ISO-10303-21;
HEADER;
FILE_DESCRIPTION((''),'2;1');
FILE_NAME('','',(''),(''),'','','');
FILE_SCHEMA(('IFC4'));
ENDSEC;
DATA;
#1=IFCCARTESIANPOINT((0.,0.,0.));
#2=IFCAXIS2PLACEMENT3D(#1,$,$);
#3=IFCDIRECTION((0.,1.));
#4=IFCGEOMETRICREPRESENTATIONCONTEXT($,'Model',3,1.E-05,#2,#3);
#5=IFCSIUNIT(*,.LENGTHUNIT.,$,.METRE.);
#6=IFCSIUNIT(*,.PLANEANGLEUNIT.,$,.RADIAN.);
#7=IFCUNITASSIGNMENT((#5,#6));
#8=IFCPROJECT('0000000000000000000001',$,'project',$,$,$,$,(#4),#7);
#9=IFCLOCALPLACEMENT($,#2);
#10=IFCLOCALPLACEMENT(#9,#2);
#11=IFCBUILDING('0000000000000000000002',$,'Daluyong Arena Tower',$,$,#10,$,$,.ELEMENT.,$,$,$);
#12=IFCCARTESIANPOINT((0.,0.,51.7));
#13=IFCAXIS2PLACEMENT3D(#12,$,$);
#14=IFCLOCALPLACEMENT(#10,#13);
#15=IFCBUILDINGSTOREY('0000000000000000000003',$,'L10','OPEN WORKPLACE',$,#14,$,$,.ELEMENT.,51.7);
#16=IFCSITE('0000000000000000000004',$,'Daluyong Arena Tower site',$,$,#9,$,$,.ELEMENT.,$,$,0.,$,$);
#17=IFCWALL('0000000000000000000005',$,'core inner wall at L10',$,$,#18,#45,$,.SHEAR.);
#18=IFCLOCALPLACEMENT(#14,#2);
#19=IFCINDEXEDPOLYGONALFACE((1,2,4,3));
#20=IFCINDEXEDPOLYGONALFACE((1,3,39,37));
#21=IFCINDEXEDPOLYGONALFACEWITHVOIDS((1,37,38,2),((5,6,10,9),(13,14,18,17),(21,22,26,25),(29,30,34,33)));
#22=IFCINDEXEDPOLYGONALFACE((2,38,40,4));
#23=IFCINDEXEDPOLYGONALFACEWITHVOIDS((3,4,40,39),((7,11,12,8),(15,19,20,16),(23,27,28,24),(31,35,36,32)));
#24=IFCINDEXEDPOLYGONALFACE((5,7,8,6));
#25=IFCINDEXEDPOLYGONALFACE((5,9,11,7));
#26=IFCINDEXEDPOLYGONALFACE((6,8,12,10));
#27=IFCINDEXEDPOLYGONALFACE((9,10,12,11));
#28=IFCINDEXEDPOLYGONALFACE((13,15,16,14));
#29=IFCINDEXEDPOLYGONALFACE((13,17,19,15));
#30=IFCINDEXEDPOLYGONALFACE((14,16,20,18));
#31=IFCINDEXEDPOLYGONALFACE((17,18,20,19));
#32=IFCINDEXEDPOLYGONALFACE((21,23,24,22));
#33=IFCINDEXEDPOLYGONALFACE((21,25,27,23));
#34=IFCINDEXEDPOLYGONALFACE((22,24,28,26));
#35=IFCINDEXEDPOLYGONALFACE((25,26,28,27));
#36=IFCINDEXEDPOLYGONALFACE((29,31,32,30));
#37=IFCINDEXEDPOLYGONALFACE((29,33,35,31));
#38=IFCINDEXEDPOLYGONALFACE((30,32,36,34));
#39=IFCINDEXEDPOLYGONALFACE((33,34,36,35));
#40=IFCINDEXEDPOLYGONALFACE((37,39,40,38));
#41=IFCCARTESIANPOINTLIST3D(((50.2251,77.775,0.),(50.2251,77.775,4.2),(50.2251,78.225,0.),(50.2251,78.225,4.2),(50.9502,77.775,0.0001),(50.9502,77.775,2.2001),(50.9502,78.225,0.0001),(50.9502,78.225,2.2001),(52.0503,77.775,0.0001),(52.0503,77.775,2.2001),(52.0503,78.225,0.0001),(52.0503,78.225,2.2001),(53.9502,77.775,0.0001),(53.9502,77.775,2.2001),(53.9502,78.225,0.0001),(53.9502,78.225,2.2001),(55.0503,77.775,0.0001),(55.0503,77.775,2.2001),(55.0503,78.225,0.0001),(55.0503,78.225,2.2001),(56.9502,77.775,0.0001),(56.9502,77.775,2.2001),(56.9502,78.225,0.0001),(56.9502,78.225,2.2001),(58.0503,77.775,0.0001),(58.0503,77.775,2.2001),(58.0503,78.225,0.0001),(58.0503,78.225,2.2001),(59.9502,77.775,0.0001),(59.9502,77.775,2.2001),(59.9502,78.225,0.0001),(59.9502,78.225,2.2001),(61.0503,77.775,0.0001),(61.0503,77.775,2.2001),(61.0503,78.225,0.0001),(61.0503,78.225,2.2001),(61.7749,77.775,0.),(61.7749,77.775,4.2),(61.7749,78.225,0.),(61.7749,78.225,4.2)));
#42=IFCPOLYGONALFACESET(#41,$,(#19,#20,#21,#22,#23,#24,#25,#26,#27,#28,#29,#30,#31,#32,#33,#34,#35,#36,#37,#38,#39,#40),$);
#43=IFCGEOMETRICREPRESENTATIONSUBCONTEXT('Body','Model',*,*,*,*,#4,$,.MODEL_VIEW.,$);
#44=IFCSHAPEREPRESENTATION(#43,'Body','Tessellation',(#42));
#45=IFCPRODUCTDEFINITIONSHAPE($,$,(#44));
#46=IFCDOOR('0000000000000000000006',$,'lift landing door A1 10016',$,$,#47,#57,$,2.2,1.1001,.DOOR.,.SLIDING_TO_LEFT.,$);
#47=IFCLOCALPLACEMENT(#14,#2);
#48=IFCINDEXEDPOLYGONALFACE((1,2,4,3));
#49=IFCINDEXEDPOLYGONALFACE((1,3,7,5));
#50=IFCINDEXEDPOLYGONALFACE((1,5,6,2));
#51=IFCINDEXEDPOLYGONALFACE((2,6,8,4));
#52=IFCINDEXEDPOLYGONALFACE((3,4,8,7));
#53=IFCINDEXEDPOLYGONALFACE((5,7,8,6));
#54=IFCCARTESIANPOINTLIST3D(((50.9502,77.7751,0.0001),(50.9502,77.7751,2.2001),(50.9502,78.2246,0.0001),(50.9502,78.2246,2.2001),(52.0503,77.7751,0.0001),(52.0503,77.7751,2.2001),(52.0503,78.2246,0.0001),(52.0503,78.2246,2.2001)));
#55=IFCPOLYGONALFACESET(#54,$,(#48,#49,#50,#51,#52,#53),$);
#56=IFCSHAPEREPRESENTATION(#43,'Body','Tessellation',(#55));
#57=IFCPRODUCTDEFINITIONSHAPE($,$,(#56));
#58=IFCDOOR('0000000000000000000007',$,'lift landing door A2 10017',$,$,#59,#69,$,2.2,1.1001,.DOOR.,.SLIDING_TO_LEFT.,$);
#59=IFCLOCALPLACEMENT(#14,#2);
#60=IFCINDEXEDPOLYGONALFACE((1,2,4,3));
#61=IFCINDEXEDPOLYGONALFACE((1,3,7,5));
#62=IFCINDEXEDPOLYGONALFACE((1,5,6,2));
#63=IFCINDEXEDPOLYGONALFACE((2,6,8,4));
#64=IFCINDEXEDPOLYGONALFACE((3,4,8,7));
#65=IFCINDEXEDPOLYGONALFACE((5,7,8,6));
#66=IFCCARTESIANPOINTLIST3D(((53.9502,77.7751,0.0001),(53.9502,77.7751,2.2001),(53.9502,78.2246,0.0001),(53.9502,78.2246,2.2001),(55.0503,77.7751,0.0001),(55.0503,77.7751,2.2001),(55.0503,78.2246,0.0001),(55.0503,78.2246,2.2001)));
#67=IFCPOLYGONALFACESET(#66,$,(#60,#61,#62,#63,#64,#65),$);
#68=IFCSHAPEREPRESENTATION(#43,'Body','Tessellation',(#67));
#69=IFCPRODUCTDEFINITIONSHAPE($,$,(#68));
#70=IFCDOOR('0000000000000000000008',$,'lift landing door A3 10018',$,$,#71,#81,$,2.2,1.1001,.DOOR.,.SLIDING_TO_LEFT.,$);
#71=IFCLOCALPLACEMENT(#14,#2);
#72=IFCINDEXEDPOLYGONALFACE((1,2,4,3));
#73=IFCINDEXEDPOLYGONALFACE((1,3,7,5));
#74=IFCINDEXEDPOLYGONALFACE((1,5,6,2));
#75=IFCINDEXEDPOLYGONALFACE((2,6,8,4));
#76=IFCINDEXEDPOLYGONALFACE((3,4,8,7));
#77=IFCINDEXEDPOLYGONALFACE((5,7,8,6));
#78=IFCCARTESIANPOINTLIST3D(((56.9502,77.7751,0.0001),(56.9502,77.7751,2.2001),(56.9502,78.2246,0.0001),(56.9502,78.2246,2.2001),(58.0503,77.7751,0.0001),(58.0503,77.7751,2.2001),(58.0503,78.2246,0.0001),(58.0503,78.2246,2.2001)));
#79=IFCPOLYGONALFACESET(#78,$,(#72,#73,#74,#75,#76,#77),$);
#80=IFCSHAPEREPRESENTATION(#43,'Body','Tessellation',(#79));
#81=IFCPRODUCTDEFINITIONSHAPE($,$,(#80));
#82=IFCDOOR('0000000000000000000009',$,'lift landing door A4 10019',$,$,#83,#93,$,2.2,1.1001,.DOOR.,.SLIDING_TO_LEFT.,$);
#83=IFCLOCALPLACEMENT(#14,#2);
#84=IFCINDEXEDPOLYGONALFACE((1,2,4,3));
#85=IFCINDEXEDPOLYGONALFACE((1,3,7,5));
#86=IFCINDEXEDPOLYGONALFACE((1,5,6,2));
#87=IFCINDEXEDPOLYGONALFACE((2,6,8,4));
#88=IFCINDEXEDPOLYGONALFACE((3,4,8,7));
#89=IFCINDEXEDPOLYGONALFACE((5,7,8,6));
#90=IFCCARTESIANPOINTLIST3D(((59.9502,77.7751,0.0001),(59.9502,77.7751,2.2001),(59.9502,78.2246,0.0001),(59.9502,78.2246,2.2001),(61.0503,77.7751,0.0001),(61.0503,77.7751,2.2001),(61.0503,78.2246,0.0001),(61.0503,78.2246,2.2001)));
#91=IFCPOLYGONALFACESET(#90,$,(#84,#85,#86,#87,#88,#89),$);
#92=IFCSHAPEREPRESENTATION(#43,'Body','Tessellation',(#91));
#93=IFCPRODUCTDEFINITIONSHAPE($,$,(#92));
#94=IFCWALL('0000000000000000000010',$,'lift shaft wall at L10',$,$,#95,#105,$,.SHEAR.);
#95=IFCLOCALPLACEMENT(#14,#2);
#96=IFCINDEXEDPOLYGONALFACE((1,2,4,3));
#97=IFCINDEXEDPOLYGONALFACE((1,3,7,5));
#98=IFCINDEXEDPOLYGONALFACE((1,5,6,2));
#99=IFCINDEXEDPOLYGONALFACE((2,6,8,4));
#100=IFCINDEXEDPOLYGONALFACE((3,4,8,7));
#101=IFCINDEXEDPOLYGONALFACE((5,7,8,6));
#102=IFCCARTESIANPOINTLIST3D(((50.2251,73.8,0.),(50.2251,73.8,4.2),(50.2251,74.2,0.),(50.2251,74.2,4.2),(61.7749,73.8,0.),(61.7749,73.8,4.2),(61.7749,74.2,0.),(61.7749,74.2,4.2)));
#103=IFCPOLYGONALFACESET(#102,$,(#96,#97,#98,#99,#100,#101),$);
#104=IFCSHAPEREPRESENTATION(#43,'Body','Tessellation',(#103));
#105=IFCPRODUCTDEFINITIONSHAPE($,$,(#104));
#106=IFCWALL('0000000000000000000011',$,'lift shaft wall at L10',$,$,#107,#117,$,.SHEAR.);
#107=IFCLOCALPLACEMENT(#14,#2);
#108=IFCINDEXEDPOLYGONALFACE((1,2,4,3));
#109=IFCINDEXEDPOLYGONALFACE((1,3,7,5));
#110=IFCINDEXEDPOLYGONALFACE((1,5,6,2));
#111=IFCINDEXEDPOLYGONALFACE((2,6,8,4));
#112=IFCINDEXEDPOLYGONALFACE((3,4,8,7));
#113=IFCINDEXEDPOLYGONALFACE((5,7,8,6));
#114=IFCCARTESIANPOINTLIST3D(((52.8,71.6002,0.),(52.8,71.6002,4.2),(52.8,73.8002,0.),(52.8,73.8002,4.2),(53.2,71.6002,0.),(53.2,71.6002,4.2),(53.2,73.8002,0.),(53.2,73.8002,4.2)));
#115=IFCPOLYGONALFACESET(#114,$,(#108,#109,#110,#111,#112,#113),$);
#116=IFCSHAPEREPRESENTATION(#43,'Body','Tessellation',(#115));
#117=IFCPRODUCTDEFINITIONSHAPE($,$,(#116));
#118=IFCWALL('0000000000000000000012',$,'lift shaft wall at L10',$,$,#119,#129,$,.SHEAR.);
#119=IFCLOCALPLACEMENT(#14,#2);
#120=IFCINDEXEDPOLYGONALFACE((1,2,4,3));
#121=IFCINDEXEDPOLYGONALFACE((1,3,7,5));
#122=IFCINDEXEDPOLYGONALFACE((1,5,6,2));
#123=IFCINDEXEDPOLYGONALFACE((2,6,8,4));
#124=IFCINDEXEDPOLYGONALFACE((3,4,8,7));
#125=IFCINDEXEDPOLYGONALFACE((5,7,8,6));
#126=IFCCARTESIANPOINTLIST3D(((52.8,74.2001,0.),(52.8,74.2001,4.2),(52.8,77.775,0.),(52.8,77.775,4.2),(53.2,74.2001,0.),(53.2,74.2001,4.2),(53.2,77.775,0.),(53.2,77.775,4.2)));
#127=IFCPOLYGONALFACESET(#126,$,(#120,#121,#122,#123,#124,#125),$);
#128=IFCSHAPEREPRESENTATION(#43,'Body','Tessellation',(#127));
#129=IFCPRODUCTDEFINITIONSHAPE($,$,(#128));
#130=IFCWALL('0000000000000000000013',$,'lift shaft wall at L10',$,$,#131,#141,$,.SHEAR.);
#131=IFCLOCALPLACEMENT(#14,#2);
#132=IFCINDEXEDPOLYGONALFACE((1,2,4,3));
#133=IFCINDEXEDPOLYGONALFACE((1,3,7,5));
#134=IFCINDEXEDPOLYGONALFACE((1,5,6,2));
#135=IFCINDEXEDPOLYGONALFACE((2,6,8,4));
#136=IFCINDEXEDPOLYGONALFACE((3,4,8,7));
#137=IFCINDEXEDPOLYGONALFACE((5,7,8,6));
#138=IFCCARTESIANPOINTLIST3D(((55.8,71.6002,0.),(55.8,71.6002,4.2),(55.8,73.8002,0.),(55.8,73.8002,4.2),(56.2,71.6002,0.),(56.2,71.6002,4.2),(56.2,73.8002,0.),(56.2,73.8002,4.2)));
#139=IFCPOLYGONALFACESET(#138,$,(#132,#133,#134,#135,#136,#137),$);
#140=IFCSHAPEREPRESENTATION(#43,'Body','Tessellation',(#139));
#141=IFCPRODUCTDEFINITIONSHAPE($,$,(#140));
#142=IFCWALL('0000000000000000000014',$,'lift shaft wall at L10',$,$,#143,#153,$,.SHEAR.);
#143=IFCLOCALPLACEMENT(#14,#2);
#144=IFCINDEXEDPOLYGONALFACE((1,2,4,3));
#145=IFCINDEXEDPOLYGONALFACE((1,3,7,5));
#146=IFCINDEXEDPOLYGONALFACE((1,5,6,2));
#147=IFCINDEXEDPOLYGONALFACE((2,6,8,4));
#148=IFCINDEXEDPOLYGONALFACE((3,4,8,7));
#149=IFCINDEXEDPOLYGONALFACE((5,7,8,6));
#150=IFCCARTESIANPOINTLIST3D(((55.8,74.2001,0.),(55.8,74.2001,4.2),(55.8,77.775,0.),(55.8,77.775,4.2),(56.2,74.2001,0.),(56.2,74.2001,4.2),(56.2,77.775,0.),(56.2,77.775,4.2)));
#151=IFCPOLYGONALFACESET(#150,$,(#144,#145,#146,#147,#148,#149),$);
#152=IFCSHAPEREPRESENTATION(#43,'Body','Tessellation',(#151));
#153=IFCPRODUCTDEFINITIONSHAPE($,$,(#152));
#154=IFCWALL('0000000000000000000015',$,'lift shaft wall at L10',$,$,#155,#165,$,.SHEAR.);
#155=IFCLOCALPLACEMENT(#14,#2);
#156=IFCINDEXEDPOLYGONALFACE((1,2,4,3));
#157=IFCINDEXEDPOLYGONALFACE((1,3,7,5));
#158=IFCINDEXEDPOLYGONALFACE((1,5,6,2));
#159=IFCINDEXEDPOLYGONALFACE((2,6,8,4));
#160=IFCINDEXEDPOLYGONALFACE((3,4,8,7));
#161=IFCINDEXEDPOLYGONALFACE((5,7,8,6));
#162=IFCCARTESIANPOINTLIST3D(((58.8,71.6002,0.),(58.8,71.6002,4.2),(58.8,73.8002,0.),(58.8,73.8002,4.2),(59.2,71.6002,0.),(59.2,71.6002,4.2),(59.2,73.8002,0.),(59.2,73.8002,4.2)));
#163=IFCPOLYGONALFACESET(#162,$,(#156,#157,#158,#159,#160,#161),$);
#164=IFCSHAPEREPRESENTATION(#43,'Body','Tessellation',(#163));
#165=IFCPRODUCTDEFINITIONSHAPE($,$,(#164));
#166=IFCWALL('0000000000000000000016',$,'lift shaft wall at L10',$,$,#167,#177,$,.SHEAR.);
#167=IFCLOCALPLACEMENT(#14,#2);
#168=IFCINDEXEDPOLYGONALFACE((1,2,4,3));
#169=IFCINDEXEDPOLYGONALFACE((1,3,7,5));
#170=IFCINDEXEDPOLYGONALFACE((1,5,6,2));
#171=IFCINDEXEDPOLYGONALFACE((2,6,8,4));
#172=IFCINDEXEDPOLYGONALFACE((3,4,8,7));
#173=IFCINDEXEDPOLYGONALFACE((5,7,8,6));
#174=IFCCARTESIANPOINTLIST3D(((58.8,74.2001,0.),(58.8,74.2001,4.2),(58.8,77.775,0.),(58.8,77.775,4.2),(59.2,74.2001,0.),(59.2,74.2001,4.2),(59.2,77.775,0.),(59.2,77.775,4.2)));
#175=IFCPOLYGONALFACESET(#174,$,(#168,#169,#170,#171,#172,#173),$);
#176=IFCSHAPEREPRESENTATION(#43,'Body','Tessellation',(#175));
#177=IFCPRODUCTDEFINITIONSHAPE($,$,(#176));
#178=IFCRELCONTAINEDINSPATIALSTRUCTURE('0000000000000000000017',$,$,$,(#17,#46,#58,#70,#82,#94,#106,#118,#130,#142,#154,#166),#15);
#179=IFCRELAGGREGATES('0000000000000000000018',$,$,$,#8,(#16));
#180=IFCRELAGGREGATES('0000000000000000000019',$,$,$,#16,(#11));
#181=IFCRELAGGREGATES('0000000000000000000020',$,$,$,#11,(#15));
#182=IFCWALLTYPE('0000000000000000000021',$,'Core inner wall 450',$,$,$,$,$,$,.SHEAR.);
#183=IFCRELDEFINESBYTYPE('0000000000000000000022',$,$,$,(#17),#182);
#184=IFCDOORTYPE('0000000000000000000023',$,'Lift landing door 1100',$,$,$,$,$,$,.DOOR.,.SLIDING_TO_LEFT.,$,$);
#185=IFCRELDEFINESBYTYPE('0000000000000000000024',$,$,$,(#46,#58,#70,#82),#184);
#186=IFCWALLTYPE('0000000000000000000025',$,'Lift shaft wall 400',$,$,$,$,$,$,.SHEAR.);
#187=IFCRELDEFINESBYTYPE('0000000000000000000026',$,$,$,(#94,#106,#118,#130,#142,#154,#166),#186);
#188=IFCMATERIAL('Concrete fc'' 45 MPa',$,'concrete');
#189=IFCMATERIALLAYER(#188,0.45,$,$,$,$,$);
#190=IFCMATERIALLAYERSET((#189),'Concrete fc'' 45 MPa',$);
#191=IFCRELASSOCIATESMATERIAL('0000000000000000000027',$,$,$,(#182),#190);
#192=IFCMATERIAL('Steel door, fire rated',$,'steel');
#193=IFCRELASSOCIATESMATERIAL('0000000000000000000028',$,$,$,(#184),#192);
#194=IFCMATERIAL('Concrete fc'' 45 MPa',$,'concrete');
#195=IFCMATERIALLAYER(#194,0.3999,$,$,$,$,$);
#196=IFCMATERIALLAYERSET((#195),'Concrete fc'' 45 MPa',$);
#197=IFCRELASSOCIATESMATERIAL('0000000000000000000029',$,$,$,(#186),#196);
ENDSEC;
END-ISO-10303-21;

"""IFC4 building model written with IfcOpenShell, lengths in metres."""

from ifc_helpers import new_model, si_unit, direction, frame, frame_2d, origin, place, context, subcontext, project, spatial, rectangle, extrude, material, layer, layer_set, type_object, element, fill, save


model = new_model("IFC4")

# Units and contexts
model_context = context("Model", 3, precision=1e-05, world=origin(), true_north=direction((0.0, 1.0)))
body_context = subcontext(model_context, "Body", "Model", "MODEL_VIEW")
ifc_project = project(units=[si_unit("LENGTHUNIT", "METRE"), si_unit("PLANEANGLEUNIT", "RADIAN")], contexts=[model_context])

# Site, building, storey
site_placement = place(None, origin())
site = spatial("IfcSite", under=ifc_project, at=site_placement, Name="Daluyong Arena Tower site", CompositionType="ELEMENT", RefElevation=0.0)
building_placement = place(site_placement, origin())
building = spatial("IfcBuilding", under=site, at=building_placement, Name="Daluyong Arena Tower", CompositionType="ELEMENT")
storey_placement = place(building_placement, frame((0.0, 0.0, 51.7)))
storey = spatial("IfcBuildingStorey", under=building, at=storey_placement, Name="L10", Description="OPEN WORKPLACE", CompositionType="ELEMENT", Elevation=51.7)

# Shared definitions
ifc_material_1 = material(Name="Concrete fc' 45 MPa", Category="concrete")
ifc_layer_1 = layer(ifc_material_1, 0.45)
ifc_layer_set_1 = layer_set([ifc_layer_1], Name="Concrete fc' 45 MPa")
wall_type_1 = type_object("IfcWallType", Name="Core inner wall 450", PredefinedType="SHEAR", material=ifc_layer_set_1)

# Wall, openings, doors
wall_1_placement = place(storey_placement, frame((50.2251, 78.0, 0.0), z_axis=(0.0, 0.0, 1.0), x_axis=(1.0, 0.0, 0.0)))
wall_1 = element("IfcWall", 1, at=wall_1_placement, inside=storey, type_object=wall_type_1, Name="core inner wall at L10", PredefinedType="SHEAR", context=body_context, shape_type="SweptSolid", body=[
    extrude(rectangle(XDim=11.5498, YDim=0.45, at=frame_2d((5.7749, 0.0))), origin(), (0.0, 0.0, 1.0), 4.2),
])
opening_1_placement = place(wall_1_placement, frame((0.7251, 0.0, 0.0)))
opening_1 = element("IfcOpeningElement", 2, at=opening_1_placement, cuts=wall_1, PredefinedType="OPENING", context=body_context, shape_type="SweptSolid", body=[
    extrude(rectangle(XDim=1.1001, YDim=2.2, at=frame_2d((0.55, 1.1001))), frame((0.0, 0.2349, 0.0), z_axis=(0.0, -1.0, 0.0), x_axis=(1.0, 0.0, 0.0)), (0.0, 0.0, 1.0), 0.47),
])
opening_2_placement = place(wall_1_placement, frame((3.7251, 0.0, 0.0)))
opening_2 = element("IfcOpeningElement", 3, at=opening_2_placement, cuts=wall_1, PredefinedType="OPENING", context=body_context, shape_type="SweptSolid", body=[
    extrude(rectangle(XDim=1.1001, YDim=2.2, at=frame_2d((0.55, 1.1001))), frame((0.0, 0.2349, 0.0), z_axis=(0.0, -1.0, 0.0), x_axis=(1.0, 0.0, 0.0)), (0.0, 0.0, 1.0), 0.47),
])
opening_3_placement = place(wall_1_placement, frame((6.7251, 0.0, 0.0)))
opening_3 = element("IfcOpeningElement", 4, at=opening_3_placement, cuts=wall_1, PredefinedType="OPENING", context=body_context, shape_type="SweptSolid", body=[
    extrude(rectangle(XDim=1.1001, YDim=2.2, at=frame_2d((0.55, 1.1001))), frame((0.0, 0.2349, 0.0), z_axis=(0.0, -1.0, 0.0), x_axis=(1.0, 0.0, 0.0)), (0.0, 0.0, 1.0), 0.47),
])
opening_4_placement = place(wall_1_placement, frame((9.7251, 0.0, 0.0)))
opening_4 = element("IfcOpeningElement", 5, at=opening_4_placement, cuts=wall_1, PredefinedType="OPENING", context=body_context, shape_type="SweptSolid", body=[
    extrude(rectangle(XDim=1.1001, YDim=2.2, at=frame_2d((0.55, 1.1001))), frame((0.0, 0.2349, 0.0), z_axis=(0.0, -1.0, 0.0), x_axis=(1.0, 0.0, 0.0)), (0.0, 0.0, 1.0), 0.47),
])
ifc_material_2 = material(Name="Steel door, fire rated", Category="steel")
door_type_1 = type_object("IfcDoorType", Name="Lift landing door 1100", OperationType="SLIDING_TO_LEFT", PredefinedType="DOOR", material=ifc_material_2)
door_1_placement = place(opening_1_placement, origin())
door_1 = element("IfcDoor", 6, at=door_1_placement, inside=storey, type_object=door_type_1, Name="lift landing door A1 10016", OperationType="SLIDING_TO_LEFT", OverallHeight=2.2, OverallWidth=1.1001, PredefinedType="DOOR", context=body_context, shape_type="SweptSolid", body=[
    extrude(rectangle(XDim=1.1001, YDim=2.2, at=frame_2d((0.55, 1.1001))), frame((0.0, 0.2246, 0.0), z_axis=(0.0, -1.0, 0.0), x_axis=(1.0, 0.0, 0.0)), (0.0, 0.0, 1.0), 0.4495),
])
fill(opening_1, door_1)
door_2_placement = place(opening_2_placement, origin())
door_2 = element("IfcDoor", 7, at=door_2_placement, inside=storey, type_object=door_type_1, Name="lift landing door A2 10017", OperationType="SLIDING_TO_LEFT", OverallHeight=2.2, OverallWidth=1.1001, PredefinedType="DOOR", context=body_context, shape_type="SweptSolid", body=[
    extrude(rectangle(XDim=1.1001, YDim=2.2, at=frame_2d((0.55, 1.1001))), frame((0.0, 0.2246, 0.0), z_axis=(0.0, -1.0, 0.0), x_axis=(1.0, 0.0, 0.0)), (0.0, 0.0, 1.0), 0.4495),
])
fill(opening_2, door_2)
door_3_placement = place(opening_3_placement, origin())
door_3 = element("IfcDoor", 8, at=door_3_placement, inside=storey, type_object=door_type_1, Name="lift landing door A3 10018", OperationType="SLIDING_TO_LEFT", OverallHeight=2.2, OverallWidth=1.1001, PredefinedType="DOOR", context=body_context, shape_type="SweptSolid", body=[
    extrude(rectangle(XDim=1.1001, YDim=2.2, at=frame_2d((0.55, 1.1001))), frame((0.0, 0.2246, 0.0), z_axis=(0.0, -1.0, 0.0), x_axis=(1.0, 0.0, 0.0)), (0.0, 0.0, 1.0), 0.4495),
])
fill(opening_3, door_3)
door_4_placement = place(opening_4_placement, origin())
door_4 = element("IfcDoor", 9, at=door_4_placement, inside=storey, type_object=door_type_1, Name="lift landing door A4 10019", OperationType="SLIDING_TO_LEFT", OverallHeight=2.2, OverallWidth=1.1001, PredefinedType="DOOR", context=body_context, shape_type="SweptSolid", body=[
    extrude(rectangle(XDim=1.1001, YDim=2.2, at=frame_2d((0.55, 1.1001))), frame((0.0, 0.2246, 0.0), z_axis=(0.0, -1.0, 0.0), x_axis=(1.0, 0.0, 0.0)), (0.0, 0.0, 1.0), 0.4495),
])
fill(opening_4, door_4)

# Walls
ifc_material_3 = material(Name="Concrete fc' 45 MPa", Category="concrete")
ifc_layer_2 = layer(ifc_material_3, 0.3999)
ifc_layer_set_2 = layer_set([ifc_layer_2], Name="Concrete fc' 45 MPa")
wall_type_2 = type_object("IfcWallType", Name="Lift shaft wall 400", PredefinedType="SHEAR", material=ifc_layer_set_2)
wall_2_placement = place(storey_placement, frame((50.2251, 74.0, 0.0), z_axis=(0.0, 0.0, 1.0), x_axis=(1.0, 0.0, 0.0)))
element("IfcWall", 10, at=wall_2_placement, inside=storey, type_object=wall_type_2, Name="lift shaft wall at L10", PredefinedType="SHEAR", context=body_context, shape_type="SweptSolid", body=[
    extrude(rectangle(XDim=11.5498, YDim=0.3999, at=frame_2d((5.7749, 0.0))), origin(), (0.0, 0.0, 1.0), 4.2),
])
wall_3_placement = place(storey_placement, frame((53.0, 71.6001, 0.0), z_axis=(0.0, 0.0, 1.0), x_axis=(0.0, 1.0, 0.0)))
element("IfcWall", 11, at=wall_3_placement, inside=storey, type_object=wall_type_2, Name="lift shaft wall at L10", PredefinedType="SHEAR", context=body_context, shape_type="SweptSolid", body=[
    extrude(rectangle(XDim=2.2, YDim=0.3999, at=frame_2d((1.1001, 0.0))), origin(), (0.0, 0.0, 1.0), 4.2),
])
wall_4_placement = place(storey_placement, frame((53.0, 74.2, 0.0), z_axis=(0.0, 0.0, 1.0), x_axis=(0.0, 1.0, 0.0)))
element("IfcWall", 12, at=wall_4_placement, inside=storey, type_object=wall_type_2, Name="lift shaft wall at L10", PredefinedType="SHEAR", context=body_context, shape_type="SweptSolid", body=[
    extrude(rectangle(XDim=3.575, YDim=0.3999, at=frame_2d((1.7876, 0.0))), origin(), (0.0, 0.0, 1.0), 4.2),
])
wall_5_placement = place(storey_placement, frame((56.0, 71.6001, 0.0), z_axis=(0.0, 0.0, 1.0), x_axis=(0.0, 1.0, 0.0)))
element("IfcWall", 13, at=wall_5_placement, inside=storey, type_object=wall_type_2, Name="lift shaft wall at L10", PredefinedType="SHEAR", context=body_context, shape_type="SweptSolid", body=[
    extrude(rectangle(XDim=2.2, YDim=0.3999, at=frame_2d((1.1001, 0.0))), origin(), (0.0, 0.0, 1.0), 4.2),
])
wall_6_placement = place(storey_placement, frame((56.0, 74.2, 0.0), z_axis=(0.0, 0.0, 1.0), x_axis=(0.0, 1.0, 0.0)))
element("IfcWall", 14, at=wall_6_placement, inside=storey, type_object=wall_type_2, Name="lift shaft wall at L10", PredefinedType="SHEAR", context=body_context, shape_type="SweptSolid", body=[
    extrude(rectangle(XDim=3.575, YDim=0.3999, at=frame_2d((1.7876, 0.0))), origin(), (0.0, 0.0, 1.0), 4.2),
])
wall_7_placement = place(storey_placement, frame((59.0, 71.6001, 0.0), z_axis=(0.0, 0.0, 1.0), x_axis=(0.0, 1.0, 0.0)))
element("IfcWall", 15, at=wall_7_placement, inside=storey, type_object=wall_type_2, Name="lift shaft wall at L10", PredefinedType="SHEAR", context=body_context, shape_type="SweptSolid", body=[
    extrude(rectangle(XDim=2.2, YDim=0.3999, at=frame_2d((1.1001, 0.0))), origin(), (0.0, 0.0, 1.0), 4.2),
])
wall_8_placement = place(storey_placement, frame((59.0, 74.2, 0.0), z_axis=(0.0, 0.0, 1.0), x_axis=(0.0, 1.0, 0.0)))
element("IfcWall", 16, at=wall_8_placement, inside=storey, type_object=wall_type_2, Name="lift shaft wall at L10", PredefinedType="SHEAR", context=body_context, shape_type="SweptSolid", body=[
    extrude(rectangle(XDim=3.575, YDim=0.3999, at=frame_2d((1.7876, 0.0))), origin(), (0.0, 0.0, 1.0), 4.2),
])

save(model, "model.ifc")
